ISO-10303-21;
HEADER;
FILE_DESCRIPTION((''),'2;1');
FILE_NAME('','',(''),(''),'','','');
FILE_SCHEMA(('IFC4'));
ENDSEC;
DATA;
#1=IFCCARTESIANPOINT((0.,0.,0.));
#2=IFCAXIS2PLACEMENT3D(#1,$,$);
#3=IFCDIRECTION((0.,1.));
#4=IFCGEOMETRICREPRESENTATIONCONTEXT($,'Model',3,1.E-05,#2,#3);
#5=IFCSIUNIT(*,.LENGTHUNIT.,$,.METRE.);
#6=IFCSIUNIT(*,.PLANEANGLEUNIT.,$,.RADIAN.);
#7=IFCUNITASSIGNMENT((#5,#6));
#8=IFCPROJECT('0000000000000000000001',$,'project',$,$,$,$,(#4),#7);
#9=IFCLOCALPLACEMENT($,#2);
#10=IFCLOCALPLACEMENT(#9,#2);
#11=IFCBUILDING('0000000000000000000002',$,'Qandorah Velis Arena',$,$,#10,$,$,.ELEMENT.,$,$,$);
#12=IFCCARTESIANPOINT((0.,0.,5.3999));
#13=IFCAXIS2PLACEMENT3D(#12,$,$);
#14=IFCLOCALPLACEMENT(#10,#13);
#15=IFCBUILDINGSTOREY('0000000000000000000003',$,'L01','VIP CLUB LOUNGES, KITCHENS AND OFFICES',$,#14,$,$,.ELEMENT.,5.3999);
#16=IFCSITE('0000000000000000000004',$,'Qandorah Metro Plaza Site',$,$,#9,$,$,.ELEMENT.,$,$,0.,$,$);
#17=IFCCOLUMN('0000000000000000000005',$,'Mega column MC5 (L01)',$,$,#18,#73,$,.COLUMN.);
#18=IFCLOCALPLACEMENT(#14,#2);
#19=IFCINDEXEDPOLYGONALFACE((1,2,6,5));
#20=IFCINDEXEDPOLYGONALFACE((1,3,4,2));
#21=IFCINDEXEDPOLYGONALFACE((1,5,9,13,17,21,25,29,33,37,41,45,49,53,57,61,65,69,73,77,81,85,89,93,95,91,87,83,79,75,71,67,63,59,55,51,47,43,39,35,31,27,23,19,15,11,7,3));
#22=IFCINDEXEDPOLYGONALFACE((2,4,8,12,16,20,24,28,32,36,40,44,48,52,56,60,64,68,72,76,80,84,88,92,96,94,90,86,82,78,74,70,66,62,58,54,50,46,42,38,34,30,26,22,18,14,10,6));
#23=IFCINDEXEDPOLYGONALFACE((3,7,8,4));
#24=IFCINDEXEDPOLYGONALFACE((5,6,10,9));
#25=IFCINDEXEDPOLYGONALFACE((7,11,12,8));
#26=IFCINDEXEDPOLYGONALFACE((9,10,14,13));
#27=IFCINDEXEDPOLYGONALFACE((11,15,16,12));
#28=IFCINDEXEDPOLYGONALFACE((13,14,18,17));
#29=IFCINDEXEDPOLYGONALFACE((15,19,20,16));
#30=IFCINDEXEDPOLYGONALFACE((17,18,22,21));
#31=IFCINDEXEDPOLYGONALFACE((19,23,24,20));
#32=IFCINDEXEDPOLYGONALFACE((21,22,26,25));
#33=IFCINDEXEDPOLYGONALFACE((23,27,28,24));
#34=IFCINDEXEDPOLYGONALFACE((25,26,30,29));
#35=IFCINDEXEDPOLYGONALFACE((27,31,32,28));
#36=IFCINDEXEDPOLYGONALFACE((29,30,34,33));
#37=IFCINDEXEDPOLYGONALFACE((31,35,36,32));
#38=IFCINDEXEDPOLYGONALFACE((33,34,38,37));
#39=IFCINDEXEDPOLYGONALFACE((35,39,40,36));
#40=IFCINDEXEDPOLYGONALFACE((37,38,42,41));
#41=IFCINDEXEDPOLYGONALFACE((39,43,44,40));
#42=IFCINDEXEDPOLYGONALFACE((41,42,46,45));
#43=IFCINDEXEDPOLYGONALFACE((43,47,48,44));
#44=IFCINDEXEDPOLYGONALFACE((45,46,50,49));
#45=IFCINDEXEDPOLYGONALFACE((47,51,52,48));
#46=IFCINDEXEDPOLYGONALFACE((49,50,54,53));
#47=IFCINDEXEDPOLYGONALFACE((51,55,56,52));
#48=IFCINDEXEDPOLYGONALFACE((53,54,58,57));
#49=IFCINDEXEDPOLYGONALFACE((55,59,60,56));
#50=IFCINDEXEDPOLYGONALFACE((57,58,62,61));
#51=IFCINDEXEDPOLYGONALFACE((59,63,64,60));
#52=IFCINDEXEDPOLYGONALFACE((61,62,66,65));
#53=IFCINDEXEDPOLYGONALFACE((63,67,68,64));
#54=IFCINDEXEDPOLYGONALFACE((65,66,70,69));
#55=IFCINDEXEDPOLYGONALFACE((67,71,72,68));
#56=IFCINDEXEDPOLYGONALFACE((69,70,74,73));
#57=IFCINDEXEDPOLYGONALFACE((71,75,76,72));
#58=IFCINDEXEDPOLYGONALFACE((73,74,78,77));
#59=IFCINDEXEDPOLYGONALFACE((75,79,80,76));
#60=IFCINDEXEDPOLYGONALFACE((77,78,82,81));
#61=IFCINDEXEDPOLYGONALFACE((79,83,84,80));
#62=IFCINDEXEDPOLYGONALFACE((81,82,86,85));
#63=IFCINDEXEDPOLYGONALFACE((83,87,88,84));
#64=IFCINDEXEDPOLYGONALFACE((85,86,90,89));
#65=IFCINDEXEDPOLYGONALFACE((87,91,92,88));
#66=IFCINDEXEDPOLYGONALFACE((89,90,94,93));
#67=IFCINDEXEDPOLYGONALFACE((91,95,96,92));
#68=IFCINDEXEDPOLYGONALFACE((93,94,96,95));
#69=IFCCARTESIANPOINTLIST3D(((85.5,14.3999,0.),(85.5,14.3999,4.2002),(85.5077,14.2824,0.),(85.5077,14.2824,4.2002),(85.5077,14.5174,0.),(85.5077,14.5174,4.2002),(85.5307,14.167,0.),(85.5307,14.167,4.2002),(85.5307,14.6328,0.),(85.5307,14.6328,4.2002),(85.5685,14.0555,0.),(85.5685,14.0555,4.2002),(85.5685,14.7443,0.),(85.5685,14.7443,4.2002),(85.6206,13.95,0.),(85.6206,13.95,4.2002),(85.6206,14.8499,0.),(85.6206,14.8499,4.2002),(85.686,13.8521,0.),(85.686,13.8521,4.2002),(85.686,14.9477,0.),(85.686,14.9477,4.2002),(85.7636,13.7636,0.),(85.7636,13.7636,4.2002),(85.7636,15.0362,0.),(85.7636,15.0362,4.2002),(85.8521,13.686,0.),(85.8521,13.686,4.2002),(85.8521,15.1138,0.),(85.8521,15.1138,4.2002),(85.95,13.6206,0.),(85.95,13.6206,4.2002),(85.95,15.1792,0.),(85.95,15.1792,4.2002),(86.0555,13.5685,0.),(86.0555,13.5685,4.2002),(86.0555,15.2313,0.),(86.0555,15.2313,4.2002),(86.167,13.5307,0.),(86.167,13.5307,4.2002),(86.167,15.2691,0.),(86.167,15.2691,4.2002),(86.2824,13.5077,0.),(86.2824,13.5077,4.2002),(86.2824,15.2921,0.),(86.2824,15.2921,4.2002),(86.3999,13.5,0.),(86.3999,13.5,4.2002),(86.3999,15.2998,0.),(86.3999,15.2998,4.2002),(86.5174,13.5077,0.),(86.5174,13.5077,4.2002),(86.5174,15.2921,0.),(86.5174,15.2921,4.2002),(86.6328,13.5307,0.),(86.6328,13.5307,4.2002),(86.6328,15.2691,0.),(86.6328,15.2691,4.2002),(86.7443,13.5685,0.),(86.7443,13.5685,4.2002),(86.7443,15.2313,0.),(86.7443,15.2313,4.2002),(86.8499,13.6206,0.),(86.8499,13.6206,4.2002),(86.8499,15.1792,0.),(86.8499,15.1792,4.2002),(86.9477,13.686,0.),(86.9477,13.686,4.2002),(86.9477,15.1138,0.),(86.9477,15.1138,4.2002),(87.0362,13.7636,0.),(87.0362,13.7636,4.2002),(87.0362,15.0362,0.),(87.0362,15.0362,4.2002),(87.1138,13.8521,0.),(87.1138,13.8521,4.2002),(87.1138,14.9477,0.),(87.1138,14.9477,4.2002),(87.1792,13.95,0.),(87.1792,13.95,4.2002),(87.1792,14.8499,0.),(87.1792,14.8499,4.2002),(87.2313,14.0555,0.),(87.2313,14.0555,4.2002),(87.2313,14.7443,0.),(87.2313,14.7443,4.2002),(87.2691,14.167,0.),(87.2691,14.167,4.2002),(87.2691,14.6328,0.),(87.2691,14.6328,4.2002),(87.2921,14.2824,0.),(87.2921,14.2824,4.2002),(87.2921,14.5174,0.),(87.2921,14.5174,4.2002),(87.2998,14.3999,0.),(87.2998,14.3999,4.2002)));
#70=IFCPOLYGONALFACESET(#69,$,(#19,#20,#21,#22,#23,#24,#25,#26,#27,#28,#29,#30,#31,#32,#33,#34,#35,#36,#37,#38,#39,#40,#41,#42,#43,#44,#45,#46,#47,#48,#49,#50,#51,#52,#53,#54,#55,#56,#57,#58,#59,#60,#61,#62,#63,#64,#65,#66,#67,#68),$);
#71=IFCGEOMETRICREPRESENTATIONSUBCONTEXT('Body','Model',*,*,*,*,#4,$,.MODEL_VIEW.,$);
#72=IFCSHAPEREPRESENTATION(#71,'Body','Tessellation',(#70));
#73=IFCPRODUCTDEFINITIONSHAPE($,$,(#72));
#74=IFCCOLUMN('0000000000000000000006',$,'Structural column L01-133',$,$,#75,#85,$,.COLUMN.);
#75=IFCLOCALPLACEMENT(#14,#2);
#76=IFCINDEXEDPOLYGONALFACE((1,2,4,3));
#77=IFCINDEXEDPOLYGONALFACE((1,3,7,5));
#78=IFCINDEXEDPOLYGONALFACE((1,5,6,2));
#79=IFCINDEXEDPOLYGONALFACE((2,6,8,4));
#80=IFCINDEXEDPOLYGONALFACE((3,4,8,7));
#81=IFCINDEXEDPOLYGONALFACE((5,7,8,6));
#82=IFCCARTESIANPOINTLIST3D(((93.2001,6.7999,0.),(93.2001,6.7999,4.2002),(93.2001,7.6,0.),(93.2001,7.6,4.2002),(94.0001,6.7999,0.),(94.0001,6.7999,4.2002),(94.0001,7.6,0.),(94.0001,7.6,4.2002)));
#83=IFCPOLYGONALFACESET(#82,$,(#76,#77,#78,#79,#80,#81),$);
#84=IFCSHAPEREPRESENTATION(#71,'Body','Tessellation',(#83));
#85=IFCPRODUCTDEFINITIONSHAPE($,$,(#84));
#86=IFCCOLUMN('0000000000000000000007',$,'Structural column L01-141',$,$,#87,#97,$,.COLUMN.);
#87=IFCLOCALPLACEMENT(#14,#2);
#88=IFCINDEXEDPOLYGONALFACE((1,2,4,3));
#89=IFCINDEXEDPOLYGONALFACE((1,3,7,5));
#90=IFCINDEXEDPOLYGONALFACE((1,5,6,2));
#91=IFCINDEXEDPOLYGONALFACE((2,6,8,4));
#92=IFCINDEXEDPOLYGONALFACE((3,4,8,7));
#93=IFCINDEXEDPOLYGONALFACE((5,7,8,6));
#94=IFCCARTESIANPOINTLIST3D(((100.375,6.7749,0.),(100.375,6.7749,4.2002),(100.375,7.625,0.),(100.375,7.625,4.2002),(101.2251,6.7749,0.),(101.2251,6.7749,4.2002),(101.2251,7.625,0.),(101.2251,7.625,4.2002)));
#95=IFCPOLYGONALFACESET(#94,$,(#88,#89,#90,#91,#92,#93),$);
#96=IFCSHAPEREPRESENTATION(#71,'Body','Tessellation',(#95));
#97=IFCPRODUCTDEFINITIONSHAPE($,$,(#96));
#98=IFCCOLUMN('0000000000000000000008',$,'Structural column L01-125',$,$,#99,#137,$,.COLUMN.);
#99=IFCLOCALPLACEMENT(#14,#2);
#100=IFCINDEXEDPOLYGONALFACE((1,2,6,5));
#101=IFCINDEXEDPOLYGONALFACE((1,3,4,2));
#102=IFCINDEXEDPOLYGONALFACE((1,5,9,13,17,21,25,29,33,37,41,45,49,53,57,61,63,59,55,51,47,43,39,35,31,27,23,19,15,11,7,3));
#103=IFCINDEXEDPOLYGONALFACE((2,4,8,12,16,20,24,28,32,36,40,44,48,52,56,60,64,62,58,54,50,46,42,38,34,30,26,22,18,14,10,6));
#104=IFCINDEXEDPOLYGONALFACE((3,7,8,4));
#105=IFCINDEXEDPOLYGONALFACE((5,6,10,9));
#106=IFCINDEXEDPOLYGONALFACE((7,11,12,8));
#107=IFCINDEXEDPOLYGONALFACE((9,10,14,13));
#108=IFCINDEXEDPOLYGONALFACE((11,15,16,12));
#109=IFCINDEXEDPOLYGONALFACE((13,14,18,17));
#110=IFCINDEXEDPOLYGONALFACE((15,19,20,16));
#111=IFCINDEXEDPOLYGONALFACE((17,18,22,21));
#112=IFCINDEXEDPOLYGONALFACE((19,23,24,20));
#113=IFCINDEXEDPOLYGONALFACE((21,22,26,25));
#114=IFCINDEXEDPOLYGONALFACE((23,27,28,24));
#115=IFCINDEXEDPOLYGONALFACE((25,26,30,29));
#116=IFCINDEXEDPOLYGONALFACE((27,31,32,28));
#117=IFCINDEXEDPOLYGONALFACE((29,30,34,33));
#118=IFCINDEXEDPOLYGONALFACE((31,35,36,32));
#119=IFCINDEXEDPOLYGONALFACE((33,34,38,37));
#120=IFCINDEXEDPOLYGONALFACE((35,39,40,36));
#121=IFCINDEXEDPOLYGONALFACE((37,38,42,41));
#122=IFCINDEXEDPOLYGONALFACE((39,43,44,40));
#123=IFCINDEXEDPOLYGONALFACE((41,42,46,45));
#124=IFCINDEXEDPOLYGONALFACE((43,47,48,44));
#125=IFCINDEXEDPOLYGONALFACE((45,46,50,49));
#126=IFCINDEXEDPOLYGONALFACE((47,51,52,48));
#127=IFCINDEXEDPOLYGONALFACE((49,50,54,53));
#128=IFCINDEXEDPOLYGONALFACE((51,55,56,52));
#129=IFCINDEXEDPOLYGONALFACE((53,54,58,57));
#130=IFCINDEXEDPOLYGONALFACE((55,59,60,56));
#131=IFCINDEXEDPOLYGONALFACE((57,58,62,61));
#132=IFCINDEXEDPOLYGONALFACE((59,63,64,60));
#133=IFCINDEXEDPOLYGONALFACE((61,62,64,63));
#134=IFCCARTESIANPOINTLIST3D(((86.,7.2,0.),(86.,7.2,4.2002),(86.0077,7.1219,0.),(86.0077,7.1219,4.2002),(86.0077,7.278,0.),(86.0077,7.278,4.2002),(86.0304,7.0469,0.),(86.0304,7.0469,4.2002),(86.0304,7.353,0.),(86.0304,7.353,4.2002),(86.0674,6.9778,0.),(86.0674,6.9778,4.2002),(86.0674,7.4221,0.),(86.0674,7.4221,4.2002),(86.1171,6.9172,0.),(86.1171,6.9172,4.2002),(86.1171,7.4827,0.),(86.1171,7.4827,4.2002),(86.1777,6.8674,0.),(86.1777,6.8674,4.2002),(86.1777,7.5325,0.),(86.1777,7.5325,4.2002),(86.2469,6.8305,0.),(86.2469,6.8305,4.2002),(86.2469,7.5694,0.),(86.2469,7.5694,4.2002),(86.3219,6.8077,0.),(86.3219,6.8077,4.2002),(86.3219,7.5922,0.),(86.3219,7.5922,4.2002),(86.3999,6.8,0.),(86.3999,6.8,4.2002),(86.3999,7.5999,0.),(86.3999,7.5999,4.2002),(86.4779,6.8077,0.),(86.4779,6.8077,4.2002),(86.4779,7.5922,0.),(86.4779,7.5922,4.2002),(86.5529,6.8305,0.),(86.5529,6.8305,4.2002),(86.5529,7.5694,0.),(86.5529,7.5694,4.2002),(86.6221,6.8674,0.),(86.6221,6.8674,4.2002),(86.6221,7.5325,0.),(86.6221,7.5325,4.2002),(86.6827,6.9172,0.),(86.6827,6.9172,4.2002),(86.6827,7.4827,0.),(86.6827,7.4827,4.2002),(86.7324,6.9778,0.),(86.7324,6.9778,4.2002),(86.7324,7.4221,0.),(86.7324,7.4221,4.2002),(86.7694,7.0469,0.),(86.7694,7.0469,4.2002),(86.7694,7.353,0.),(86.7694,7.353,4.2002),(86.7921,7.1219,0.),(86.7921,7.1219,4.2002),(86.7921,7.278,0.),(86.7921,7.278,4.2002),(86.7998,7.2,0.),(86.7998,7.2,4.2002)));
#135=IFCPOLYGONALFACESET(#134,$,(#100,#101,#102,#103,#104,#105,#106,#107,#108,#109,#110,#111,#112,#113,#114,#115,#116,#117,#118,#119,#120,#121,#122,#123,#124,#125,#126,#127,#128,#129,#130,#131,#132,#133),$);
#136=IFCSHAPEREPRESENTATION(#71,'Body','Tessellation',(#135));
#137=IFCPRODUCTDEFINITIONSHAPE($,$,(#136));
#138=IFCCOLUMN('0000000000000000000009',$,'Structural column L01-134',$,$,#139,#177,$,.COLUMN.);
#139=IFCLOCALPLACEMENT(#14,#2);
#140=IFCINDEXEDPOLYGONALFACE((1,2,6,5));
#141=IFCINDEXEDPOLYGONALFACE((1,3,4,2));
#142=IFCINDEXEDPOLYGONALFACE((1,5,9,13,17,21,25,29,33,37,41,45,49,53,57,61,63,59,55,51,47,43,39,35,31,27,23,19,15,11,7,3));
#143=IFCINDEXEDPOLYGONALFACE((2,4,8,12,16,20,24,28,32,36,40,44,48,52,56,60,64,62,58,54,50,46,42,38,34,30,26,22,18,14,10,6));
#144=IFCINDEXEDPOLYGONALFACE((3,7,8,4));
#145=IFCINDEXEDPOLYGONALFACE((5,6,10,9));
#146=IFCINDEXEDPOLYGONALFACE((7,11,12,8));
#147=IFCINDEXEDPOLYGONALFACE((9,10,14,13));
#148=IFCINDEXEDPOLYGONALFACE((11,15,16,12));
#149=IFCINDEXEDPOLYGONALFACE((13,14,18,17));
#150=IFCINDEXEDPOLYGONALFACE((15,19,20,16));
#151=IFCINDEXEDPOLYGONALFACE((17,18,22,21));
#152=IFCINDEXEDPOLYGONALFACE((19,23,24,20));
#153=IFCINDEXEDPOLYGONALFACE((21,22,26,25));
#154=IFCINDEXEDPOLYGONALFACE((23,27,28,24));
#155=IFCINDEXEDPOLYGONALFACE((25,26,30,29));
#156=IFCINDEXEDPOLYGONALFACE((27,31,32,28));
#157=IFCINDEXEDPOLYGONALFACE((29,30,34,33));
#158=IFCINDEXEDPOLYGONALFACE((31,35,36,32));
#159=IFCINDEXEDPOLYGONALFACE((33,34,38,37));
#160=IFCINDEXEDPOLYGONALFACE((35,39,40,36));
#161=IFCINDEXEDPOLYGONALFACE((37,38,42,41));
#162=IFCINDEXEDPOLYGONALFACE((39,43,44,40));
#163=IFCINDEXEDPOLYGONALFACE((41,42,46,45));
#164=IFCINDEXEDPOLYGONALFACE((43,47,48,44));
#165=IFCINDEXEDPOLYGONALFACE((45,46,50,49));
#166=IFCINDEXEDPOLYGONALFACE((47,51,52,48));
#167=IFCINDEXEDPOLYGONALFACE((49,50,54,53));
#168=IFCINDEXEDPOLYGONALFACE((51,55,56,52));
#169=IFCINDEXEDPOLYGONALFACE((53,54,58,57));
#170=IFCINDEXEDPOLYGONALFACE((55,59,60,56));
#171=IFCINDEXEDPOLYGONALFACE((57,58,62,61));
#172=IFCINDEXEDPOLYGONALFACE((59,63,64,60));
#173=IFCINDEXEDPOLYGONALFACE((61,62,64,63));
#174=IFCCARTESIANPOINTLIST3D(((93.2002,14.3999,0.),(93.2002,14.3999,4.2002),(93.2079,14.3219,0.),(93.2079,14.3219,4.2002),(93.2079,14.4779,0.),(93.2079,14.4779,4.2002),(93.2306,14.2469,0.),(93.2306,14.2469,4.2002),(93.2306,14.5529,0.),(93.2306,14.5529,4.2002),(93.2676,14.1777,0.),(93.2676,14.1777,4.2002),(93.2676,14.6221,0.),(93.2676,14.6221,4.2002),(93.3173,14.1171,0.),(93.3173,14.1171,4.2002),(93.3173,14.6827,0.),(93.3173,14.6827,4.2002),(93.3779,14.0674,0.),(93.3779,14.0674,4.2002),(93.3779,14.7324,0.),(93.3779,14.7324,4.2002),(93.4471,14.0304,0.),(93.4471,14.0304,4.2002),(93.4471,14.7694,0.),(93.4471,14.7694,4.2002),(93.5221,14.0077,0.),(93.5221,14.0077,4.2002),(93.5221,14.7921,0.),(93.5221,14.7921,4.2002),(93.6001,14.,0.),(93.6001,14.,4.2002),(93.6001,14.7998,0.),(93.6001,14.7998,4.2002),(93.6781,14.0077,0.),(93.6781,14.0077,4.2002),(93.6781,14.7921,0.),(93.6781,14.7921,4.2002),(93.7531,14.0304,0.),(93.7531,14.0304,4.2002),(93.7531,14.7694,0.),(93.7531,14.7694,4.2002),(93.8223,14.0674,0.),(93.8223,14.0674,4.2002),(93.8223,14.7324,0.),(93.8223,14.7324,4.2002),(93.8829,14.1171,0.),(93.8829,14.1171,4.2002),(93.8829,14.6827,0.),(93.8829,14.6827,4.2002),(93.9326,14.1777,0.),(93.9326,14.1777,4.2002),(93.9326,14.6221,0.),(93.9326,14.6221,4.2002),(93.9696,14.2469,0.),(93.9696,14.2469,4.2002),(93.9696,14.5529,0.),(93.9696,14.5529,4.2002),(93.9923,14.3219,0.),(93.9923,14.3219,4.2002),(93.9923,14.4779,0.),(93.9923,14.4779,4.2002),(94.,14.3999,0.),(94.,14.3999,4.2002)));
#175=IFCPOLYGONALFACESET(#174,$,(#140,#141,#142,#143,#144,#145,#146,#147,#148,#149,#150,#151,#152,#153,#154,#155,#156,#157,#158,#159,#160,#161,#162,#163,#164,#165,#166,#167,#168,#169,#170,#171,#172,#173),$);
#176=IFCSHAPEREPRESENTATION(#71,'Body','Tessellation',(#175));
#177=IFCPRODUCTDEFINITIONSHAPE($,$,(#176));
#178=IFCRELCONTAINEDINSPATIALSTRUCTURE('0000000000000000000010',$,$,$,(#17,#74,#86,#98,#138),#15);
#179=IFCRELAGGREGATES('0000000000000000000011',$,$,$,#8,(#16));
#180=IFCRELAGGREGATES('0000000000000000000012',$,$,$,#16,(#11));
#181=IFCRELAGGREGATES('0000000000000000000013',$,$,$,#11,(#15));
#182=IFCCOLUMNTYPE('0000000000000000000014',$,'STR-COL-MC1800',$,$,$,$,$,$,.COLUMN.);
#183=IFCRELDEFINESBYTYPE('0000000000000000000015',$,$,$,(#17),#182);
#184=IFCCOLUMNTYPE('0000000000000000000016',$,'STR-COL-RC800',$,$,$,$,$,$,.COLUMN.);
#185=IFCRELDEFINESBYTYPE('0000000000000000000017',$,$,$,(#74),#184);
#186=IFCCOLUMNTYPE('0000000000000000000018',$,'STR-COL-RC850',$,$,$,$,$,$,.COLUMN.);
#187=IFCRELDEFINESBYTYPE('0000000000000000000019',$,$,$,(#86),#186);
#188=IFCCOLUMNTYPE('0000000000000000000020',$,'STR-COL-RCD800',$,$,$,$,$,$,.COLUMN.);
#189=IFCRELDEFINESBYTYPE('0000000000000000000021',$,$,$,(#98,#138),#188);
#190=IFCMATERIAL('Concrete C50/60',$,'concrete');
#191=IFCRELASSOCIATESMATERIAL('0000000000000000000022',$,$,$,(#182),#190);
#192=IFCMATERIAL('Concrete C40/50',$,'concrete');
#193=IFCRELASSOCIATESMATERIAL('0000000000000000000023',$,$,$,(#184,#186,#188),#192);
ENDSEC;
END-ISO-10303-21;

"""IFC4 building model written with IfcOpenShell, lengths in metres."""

from ifc_helpers import new_model, si_unit, direction, frame, origin, origin_2d, place, context, subcontext, project, spatial, rectangle, circle, extrude, material, material_profile, profile_set, type_object, element, save


model = new_model("IFC4")

# Units and contexts
model_context = context("Model", 3, precision=1e-05, world=origin(), true_north=direction((0.0, 1.0)))
body_context = subcontext(model_context, "Body", "Model", "MODEL_VIEW")
ifc_project = project(units=[si_unit("LENGTHUNIT", "METRE"), si_unit("PLANEANGLEUNIT", "RADIAN")], contexts=[model_context])

# Site, building, storey
site_placement = place(None, origin())
site = spatial("IfcSite", under=ifc_project, at=site_placement, Name="Qandorah Metro Plaza Site", CompositionType="ELEMENT", RefElevation=0.0)
building_placement = place(site_placement, origin())
building = spatial("IfcBuilding", under=site, at=building_placement, Name="Qandorah Velis Arena", CompositionType="ELEMENT")
storey_placement = place(building_placement, frame((0.0, 0.0, 5.3999)))
storey = spatial("IfcBuildingStorey", under=building, at=storey_placement, Name="L01", Description="VIP CLUB LOUNGES, KITCHENS AND OFFICES", CompositionType="ELEMENT", Elevation=5.3999)

# Columns
ifc_material_1 = material(Name="Concrete C50/60", Category="concrete")
ifc_material_profile_1 = material_profile(ifc_material_1, circle(Radius=0.8999, at=origin_2d()), Name="MC D1800")
ifc_profile_set_1 = profile_set([ifc_material_profile_1], Name="Concrete C50/60")
column_type_1 = type_object("IfcColumnType", Name="STR-COL-MC1800", PredefinedType="COLUMN", material=ifc_profile_set_1)
column_1_placement = place(storey_placement, frame((86.3999, 14.3999, 0.0), z_axis=(0.0, 0.0, 1.0), x_axis=(1.0, 0.0, 0.0)))
element("IfcColumn", 1, at=column_1_placement, inside=storey, type_object=column_type_1, Name="Mega column MC5 (L01)", PredefinedType="COLUMN", context=body_context, shape_type="SweptSolid", body=[
    extrude(circle(Radius=0.8999, at=origin_2d()), origin(), (0.0, 0.0, 1.0), 4.2002),
])
ifc_material_2 = material(Name="Concrete C40/50", Category="concrete")
ifc_material_profile_2 = material_profile(ifc_material_2, rectangle(XDim=0.8, YDim=0.8, at=origin_2d()), Name="RC COL 800x800")
ifc_profile_set_2 = profile_set([ifc_material_profile_2], Name="Concrete C40/50")
column_type_2 = type_object("IfcColumnType", Name="STR-COL-RC800", PredefinedType="COLUMN", material=ifc_profile_set_2)
column_2_placement = place(storey_placement, frame((93.6001, 7.2, 0.0), z_axis=(0.0, 0.0, 1.0), x_axis=(1.0, 0.0, 0.0)))
element("IfcColumn", 2, at=column_2_placement, inside=storey, type_object=column_type_2, Name="Structural column L01-133", PredefinedType="COLUMN", context=body_context, shape_type="SweptSolid", body=[
    extrude(rectangle(XDim=0.8, YDim=0.8, at=origin_2d()), origin(), (0.0, 0.0, 1.0), 4.2002),
])
ifc_material_profile_3 = material_profile(ifc_material_2, rectangle(XDim=0.8501, YDim=0.8501, at=origin_2d()), Name="RC COL 850x850")
ifc_profile_set_3 = profile_set([ifc_material_profile_3], Name="Concrete C40/50")
column_type_3 = type_object("IfcColumnType", Name="STR-COL-RC850", PredefinedType="COLUMN", material=ifc_profile_set_3)
column_3_placement = place(storey_placement, frame((100.8, 7.2, 0.0), z_axis=(0.0, 0.0, 1.0), x_axis=(1.0, 0.0, 0.0)))
element("IfcColumn", 3, at=column_3_placement, inside=storey, type_object=column_type_3, Name="Structural column L01-141", PredefinedType="COLUMN", context=body_context, shape_type="SweptSolid", body=[
    extrude(rectangle(XDim=0.8501, YDim=0.8501, at=origin_2d()), origin(), (0.0, 0.0, 1.0), 4.2002),
])
ifc_material_profile_4 = material_profile(ifc_material_2, circle(Radius=0.3999, at=origin_2d()), Name="RC D800")
ifc_profile_set_4 = profile_set([ifc_material_profile_4], Name="Concrete C40/50")
column_type_4 = type_object("IfcColumnType", Name="STR-COL-RCD800", PredefinedType="COLUMN", material=ifc_profile_set_4)
for number, where, z_axis, x_axis, name in (
    (4, (86.3999, 7.2, 0.0), (0.0, 0.0, 1.0), (1.0, 0.0, 0.0), "Structural column L01-125"),
    (5, (93.6001, 14.3999, 0.0), (0.0, 0.0, 1.0), (1.0, 0.0, 0.0), "Structural column L01-134"),
):
    element("IfcColumn", number, at=place(storey_placement, frame(where, z_axis=z_axis, x_axis=x_axis)), inside=storey, type_object=column_type_4, Name=name, PredefinedType="COLUMN", context=body_context, shape_type="SweptSolid", body=[
        extrude(circle(Radius=0.3999, at=origin_2d()), origin(), (0.0, 0.0, 1.0), 4.2002),
    ])

save(model, "model.ifc")
